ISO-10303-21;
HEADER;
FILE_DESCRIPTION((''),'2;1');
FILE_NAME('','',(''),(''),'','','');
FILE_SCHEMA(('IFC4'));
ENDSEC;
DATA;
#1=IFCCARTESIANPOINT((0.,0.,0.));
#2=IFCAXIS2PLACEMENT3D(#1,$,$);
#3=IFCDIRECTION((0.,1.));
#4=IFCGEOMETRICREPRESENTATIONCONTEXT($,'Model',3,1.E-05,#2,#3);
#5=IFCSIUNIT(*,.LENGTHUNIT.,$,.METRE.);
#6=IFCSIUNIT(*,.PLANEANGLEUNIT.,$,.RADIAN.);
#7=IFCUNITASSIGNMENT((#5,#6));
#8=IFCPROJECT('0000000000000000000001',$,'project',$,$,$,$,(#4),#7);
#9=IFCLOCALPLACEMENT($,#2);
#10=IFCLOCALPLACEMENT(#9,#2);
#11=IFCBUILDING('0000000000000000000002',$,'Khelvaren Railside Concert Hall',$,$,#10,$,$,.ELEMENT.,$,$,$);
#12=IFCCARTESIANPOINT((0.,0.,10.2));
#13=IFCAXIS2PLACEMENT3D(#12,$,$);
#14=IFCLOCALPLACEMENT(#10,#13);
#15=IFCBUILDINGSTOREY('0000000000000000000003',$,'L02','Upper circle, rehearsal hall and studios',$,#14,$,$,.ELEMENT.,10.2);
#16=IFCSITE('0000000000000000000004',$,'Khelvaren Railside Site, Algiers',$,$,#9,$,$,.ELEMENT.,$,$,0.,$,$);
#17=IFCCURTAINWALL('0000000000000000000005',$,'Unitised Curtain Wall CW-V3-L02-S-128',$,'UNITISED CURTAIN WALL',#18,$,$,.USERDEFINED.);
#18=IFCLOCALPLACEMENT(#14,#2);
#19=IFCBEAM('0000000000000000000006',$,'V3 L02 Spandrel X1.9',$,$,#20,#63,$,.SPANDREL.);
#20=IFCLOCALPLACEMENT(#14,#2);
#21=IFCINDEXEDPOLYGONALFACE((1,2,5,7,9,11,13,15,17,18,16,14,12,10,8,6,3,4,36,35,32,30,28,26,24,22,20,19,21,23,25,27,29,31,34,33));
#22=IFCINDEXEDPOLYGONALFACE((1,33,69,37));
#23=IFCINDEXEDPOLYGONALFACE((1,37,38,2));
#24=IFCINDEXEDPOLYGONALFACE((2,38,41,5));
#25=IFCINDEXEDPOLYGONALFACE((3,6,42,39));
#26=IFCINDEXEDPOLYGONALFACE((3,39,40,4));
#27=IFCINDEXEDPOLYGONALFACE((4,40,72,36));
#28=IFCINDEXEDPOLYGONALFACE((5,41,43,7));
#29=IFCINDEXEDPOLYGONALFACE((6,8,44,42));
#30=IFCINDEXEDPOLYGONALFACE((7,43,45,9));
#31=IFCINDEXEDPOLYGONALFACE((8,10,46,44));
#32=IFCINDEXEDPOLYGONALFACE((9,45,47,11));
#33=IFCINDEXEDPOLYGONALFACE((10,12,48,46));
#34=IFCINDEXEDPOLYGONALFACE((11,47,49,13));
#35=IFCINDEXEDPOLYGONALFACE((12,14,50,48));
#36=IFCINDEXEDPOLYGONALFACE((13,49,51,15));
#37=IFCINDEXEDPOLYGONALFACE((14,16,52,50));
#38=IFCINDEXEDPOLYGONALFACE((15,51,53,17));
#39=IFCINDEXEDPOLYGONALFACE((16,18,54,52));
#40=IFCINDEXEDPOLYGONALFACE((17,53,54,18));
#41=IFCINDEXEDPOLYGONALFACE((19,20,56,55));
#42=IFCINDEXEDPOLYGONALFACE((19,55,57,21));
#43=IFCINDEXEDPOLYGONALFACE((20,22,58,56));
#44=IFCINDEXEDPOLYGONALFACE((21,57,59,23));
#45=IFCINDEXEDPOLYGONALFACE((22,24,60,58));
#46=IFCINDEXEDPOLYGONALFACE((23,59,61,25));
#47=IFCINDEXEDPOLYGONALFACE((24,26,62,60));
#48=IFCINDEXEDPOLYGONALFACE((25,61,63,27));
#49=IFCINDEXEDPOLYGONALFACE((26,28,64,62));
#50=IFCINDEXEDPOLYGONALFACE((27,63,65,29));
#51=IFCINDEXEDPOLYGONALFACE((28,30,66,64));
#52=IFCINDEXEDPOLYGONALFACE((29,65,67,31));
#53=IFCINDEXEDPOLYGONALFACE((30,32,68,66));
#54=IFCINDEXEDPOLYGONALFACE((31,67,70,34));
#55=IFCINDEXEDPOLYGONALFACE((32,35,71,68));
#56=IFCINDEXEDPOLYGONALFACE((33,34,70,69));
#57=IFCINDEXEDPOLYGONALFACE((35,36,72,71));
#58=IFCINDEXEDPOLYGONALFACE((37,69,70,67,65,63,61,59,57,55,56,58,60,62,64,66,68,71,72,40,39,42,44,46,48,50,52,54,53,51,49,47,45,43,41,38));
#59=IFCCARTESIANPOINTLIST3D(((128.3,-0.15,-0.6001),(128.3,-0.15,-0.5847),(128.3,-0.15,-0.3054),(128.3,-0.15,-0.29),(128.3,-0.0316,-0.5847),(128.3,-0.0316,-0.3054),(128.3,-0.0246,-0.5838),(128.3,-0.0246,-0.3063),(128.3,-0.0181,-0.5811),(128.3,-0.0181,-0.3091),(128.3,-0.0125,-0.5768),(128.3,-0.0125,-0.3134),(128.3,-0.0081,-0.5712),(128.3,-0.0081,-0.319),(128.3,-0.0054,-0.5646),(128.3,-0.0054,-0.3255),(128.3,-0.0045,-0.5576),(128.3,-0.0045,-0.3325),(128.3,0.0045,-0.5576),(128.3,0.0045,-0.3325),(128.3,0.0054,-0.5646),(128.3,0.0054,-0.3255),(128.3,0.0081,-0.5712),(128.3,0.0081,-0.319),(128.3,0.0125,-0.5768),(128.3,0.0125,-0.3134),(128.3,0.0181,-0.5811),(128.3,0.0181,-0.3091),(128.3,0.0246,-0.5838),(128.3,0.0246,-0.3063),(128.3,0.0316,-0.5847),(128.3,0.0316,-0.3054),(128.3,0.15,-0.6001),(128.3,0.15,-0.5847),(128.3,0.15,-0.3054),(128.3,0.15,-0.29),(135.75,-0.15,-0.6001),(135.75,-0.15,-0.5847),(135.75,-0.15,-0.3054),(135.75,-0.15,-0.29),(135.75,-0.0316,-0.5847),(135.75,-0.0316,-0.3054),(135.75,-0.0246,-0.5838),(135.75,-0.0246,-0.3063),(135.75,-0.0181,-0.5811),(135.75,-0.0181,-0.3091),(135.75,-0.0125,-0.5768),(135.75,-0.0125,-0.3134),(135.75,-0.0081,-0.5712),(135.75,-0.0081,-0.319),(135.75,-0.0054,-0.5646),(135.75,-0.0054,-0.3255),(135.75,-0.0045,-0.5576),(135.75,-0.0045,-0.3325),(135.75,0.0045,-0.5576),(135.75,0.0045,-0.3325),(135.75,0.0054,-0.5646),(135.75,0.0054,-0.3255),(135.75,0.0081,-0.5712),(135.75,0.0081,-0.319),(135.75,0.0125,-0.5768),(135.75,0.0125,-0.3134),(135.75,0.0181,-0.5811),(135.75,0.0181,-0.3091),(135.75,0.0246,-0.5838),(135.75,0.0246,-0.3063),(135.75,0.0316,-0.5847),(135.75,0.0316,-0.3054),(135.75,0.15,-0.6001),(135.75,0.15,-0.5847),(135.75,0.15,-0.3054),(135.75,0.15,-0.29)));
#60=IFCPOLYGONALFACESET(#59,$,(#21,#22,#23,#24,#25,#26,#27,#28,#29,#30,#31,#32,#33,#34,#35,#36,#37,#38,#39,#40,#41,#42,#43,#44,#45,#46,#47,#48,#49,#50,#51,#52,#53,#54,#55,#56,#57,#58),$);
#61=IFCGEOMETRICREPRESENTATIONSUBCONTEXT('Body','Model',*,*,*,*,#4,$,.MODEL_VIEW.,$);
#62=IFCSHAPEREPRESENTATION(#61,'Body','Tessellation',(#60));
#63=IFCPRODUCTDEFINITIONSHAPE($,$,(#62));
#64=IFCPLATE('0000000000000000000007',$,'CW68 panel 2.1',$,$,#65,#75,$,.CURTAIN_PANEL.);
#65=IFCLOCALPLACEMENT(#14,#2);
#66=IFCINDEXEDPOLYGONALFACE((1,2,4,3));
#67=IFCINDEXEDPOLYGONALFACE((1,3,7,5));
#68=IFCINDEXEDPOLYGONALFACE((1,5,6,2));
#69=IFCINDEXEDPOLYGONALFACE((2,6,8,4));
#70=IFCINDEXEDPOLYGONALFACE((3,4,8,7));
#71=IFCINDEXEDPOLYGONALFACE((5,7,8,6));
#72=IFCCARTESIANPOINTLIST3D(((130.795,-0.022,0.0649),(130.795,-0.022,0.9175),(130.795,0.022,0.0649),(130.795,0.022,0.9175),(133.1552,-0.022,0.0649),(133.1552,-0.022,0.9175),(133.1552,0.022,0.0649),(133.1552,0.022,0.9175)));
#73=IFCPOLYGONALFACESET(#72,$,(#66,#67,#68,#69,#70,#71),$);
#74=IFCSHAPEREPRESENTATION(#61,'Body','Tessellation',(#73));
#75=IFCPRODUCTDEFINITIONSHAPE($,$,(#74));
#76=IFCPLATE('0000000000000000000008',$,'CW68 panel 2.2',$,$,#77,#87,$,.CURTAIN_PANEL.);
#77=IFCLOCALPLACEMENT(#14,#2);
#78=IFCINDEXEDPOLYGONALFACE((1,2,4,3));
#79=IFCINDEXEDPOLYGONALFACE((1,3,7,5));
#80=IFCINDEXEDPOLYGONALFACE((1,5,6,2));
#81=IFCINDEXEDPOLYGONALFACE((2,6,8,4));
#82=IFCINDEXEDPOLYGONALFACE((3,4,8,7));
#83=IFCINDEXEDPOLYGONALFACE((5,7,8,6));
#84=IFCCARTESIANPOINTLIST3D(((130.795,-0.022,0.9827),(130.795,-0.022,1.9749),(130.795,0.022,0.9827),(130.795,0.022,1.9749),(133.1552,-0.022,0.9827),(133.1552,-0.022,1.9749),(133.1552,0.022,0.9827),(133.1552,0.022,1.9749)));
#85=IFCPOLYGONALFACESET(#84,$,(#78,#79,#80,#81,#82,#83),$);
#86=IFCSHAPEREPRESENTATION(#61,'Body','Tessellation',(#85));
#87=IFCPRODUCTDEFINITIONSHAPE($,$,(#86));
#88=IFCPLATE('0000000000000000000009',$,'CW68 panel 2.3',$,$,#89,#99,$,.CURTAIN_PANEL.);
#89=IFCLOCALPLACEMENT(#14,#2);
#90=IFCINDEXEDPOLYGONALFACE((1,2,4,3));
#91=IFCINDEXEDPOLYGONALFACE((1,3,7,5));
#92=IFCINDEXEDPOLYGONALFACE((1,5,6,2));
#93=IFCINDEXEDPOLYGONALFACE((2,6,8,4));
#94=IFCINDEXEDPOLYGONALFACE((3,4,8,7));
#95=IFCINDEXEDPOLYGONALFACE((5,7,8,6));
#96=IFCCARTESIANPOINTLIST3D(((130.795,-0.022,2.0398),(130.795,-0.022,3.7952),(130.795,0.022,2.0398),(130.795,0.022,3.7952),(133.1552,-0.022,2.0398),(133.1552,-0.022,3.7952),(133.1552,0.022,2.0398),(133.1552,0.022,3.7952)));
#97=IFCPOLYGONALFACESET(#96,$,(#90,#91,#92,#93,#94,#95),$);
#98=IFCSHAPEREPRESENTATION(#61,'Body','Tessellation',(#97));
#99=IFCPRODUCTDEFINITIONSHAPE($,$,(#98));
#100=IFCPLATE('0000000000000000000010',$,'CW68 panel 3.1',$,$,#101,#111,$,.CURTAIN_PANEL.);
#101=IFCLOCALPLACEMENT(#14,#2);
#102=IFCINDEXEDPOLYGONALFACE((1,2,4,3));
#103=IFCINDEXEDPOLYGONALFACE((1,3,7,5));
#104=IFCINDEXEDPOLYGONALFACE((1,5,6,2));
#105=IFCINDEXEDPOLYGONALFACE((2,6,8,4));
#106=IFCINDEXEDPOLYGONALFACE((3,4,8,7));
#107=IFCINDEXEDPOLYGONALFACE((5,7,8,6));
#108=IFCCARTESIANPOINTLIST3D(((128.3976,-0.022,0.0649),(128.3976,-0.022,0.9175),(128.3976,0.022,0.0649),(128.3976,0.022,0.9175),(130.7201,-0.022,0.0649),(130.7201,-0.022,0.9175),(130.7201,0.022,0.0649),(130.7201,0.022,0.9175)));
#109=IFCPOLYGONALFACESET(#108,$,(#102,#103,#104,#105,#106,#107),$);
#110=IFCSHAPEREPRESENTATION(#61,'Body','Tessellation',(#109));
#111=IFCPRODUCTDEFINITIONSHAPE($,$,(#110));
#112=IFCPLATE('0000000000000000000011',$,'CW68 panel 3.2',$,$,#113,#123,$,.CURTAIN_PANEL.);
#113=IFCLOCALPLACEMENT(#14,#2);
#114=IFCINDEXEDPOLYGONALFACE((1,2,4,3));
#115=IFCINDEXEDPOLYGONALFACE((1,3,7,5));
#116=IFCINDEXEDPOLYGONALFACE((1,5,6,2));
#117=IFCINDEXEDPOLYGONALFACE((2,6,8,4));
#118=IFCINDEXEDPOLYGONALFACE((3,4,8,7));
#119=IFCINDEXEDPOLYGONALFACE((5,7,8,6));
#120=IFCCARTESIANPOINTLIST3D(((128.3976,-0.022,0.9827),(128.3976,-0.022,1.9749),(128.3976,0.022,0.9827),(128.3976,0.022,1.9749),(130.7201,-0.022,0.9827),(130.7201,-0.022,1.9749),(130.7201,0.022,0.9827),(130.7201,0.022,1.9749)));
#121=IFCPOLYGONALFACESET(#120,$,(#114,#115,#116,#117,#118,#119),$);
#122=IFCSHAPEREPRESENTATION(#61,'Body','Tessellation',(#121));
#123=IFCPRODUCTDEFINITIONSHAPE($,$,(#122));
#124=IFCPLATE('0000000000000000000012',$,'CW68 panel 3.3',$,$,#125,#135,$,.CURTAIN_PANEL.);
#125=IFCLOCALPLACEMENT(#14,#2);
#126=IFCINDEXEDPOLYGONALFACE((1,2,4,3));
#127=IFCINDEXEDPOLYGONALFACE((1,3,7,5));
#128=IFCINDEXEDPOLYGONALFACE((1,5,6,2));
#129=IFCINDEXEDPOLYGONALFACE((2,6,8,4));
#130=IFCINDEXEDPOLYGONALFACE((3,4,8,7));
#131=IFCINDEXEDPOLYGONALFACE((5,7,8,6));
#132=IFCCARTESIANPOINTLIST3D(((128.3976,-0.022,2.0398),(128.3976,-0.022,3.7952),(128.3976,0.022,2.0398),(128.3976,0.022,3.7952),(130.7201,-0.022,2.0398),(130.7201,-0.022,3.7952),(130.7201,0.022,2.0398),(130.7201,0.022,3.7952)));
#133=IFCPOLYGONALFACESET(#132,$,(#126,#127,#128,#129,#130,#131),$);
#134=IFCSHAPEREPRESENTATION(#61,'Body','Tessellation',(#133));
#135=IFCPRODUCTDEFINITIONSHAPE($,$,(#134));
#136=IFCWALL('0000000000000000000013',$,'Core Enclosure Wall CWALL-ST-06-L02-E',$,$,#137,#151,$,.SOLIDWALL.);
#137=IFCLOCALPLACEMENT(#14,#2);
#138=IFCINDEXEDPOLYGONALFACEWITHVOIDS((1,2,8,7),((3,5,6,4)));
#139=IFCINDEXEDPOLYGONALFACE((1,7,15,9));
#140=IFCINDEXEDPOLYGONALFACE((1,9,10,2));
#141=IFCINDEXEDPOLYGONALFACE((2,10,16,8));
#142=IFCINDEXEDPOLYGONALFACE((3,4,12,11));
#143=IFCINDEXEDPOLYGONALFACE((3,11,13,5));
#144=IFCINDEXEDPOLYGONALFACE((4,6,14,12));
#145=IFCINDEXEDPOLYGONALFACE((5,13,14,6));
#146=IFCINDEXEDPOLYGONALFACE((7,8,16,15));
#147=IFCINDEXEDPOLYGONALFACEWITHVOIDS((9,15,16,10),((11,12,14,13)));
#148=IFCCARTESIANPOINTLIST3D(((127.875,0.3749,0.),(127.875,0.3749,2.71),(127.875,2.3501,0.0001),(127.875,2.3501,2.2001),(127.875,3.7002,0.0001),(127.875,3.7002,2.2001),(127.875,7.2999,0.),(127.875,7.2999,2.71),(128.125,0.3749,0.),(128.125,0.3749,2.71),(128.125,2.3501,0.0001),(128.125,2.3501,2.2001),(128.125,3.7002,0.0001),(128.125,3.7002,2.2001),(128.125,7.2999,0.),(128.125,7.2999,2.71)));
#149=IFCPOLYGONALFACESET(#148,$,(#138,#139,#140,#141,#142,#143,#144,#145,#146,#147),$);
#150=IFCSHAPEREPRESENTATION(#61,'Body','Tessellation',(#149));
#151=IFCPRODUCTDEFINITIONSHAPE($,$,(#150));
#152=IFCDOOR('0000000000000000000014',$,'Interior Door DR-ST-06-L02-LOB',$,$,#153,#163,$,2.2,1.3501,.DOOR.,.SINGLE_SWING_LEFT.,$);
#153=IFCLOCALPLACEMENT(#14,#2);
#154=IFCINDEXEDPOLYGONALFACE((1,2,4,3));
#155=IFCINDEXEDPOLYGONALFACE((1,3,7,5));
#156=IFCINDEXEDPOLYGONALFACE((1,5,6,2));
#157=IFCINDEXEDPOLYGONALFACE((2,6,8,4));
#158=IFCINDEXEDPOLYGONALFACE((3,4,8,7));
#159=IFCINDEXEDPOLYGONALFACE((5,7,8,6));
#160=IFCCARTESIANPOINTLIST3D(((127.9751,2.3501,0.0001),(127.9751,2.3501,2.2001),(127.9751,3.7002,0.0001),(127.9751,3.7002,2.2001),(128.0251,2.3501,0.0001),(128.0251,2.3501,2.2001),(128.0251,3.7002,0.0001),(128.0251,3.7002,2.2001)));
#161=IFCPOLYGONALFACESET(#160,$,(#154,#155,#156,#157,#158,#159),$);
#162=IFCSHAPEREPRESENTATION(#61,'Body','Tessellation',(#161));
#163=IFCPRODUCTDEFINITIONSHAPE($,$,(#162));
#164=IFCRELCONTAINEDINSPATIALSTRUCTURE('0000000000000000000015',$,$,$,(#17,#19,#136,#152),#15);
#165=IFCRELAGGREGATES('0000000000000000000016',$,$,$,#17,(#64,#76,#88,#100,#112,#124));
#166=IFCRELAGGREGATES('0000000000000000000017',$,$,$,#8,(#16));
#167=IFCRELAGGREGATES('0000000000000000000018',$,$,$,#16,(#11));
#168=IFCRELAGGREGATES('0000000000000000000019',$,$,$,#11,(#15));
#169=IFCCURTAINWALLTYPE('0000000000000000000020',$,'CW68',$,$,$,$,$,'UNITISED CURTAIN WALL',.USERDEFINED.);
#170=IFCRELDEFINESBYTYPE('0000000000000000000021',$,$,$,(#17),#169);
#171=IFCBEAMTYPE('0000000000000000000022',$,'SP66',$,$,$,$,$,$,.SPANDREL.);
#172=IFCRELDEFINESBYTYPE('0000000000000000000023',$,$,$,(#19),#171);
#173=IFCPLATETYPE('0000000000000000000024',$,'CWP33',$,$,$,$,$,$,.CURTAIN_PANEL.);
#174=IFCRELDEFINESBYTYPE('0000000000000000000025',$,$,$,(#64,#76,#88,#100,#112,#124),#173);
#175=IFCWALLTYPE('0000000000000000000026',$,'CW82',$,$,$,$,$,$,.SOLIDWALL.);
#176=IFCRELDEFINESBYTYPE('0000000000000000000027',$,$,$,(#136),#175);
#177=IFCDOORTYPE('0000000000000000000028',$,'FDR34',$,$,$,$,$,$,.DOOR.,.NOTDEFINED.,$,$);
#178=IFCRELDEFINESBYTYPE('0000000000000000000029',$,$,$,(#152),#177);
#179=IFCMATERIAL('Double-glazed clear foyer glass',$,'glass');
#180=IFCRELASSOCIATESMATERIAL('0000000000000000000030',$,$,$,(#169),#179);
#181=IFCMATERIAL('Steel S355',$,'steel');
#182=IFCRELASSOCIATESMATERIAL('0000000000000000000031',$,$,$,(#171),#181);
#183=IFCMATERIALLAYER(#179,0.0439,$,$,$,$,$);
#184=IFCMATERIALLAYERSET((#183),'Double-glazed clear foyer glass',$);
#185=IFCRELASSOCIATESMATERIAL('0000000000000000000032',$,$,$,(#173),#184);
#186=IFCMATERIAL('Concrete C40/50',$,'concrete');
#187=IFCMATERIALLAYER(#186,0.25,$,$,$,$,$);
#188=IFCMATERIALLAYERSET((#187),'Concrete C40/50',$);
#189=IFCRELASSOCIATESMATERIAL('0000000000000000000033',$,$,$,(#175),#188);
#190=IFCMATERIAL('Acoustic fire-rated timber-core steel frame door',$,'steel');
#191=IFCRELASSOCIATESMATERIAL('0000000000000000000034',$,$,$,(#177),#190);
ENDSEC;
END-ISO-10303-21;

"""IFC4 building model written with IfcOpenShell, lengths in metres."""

from ifc_helpers import new_model, si_unit, direction, frame, frame_2d, origin, origin_2d, place, context, subcontext, project, spatial, rectangle, i_section, extrude, material, layer, layer_set, material_profile, profile_set, type_object, element, fill, aggregate, save


model = new_model("IFC4")

# Units and contexts
model_context = context("Model", 3, precision=1e-05, world=origin(), true_north=direction((0.0, 1.0)))
body_context = subcontext(model_context, "Body", "Model", "MODEL_VIEW")
ifc_project = project(units=[si_unit("LENGTHUNIT", "METRE"), si_unit("PLANEANGLEUNIT", "RADIAN")], contexts=[model_context])

# Site, building, storey
site_placement = place(None, origin())
site = spatial("IfcSite", under=ifc_project, at=site_placement, Name="Khelvaren Railside Site, Algiers", CompositionType="ELEMENT", RefElevation=0.0)
building_placement = place(site_placement, origin())
building = spatial("IfcBuilding", under=site, at=building_placement, Name="Khelvaren Railside Concert Hall", CompositionType="ELEMENT")
storey_placement = place(building_placement, frame((0.0, 0.0, 10.2)))
storey = spatial("IfcBuildingStorey", under=building, at=storey_placement, Name="L02", Description="Upper circle, rehearsal hall and studios", CompositionType="ELEMENT", Elevation=10.2)

# Shared definitions
ifc_material_1 = material(Name="Steel S355", Category="steel")

# Curtain wall
ifc_material_2 = material(Name="Double-glazed clear foyer glass", Category="glass")
curtain_wall_type = type_object("IfcCurtainWallType", Name="CW68", ElementType="UNITISED CURTAIN WALL", PredefinedType="USERDEFINED", material=ifc_material_2)
curtain_wall_placement = place(storey_placement, origin())
curtain_wall = element("IfcCurtainWall", 1, at=curtain_wall_placement, inside=storey, type_object=curtain_wall_type, Name="Unitised Curtain Wall CW-V3-L02-S-128", ObjectType="UNITISED CURTAIN WALL", PredefinedType="USERDEFINED")

# Beam
ifc_material_profile_1 = material_profile(ifc_material_1, i_section(OverallWidth=0.3, OverallDepth=0.3101, WebThickness=0.009, FlangeThickness=0.0154, FilletRadius=0.0271, at=origin_2d()), Name="HEA 320")
ifc_profile_set_1 = profile_set([ifc_material_profile_1], Name="Steel S355")
beam_type_1 = type_object("IfcBeamType", Name="SP66", PredefinedType="SPANDREL", material=ifc_profile_set_1)
beam_1_placement = place(storey_placement, frame((128.3, 0.0, -0.4451), z_axis=(1.0, 0.0, 0.0), x_axis=(0.0, 1.0, 0.0)))
element("IfcBeam", 2, at=beam_1_placement, inside=storey, type_object=beam_type_1, Name="V3 L02 Spandrel X1.9", PredefinedType="SPANDREL", context=body_context, shape_type="SweptSolid", body=[
    extrude(i_section(OverallWidth=0.3, OverallDepth=0.3101, WebThickness=0.009, FlangeThickness=0.0154, FilletRadius=0.0271, at=origin_2d()), origin(), (0.0, 0.0, 1.0), 7.45),
])

# Plates
ifc_layer_1 = layer(ifc_material_2, 0.0439)
ifc_layer_set_1 = layer_set([ifc_layer_1], Name="Double-glazed clear foyer glass")
plate_type = type_object("IfcPlateType", Name="CWP33", PredefinedType="CURTAIN_PANEL", material=ifc_layer_set_1)
plate_1_placement = place(storey_placement, frame((131.9751, 0.0, 0.0649), z_axis=(0.0, 0.0, 1.0), x_axis=(-1.0, 0.0, 0.0)))
plate_1 = element("IfcPlate", 3, at=plate_1_placement, type_object=plate_type, Name="CW68 panel 2.1", PredefinedType="CURTAIN_PANEL", context=body_context, shape_type="SweptSolid", body=[
    extrude(rectangle(XDim=2.3601, YDim=0.0439, at=origin_2d()), origin(), (0.0, 0.0, 1.0), 0.8525),
])
plate_2_placement = place(storey_placement, frame((131.9751, 0.0, 0.9827), z_axis=(0.0, 0.0, 1.0), x_axis=(-1.0, 0.0, 0.0)))
plate_2 = element("IfcPlate", 4, at=plate_2_placement, type_object=plate_type, Name="CW68 panel 2.2", PredefinedType="CURTAIN_PANEL", context=body_context, shape_type="SweptSolid", body=[
    extrude(rectangle(XDim=2.3601, YDim=0.0439, at=origin_2d()), origin(), (0.0, 0.0, 1.0), 0.9922),
])
plate_3_placement = place(storey_placement, frame((131.9751, 0.0, 2.0398), z_axis=(0.0, 0.0, 1.0), x_axis=(-1.0, 0.0, 0.0)))
plate_3 = element("IfcPlate", 5, at=plate_3_placement, type_object=plate_type, Name="CW68 panel 2.3", PredefinedType="CURTAIN_PANEL", context=body_context, shape_type="SweptSolid", body=[
    extrude(rectangle(XDim=2.3601, YDim=0.0439, at=origin_2d()), origin(), (0.0, 0.0, 1.0), 1.7554),
])
plate_4_placement = place(storey_placement, frame((129.5588, 0.0, 0.0649), z_axis=(0.0, 0.0, 1.0), x_axis=(-1.0, 0.0, 0.0)))
plate_4 = element("IfcPlate", 6, at=plate_4_placement, type_object=plate_type, Name="CW68 panel 3.1", PredefinedType="CURTAIN_PANEL", context=body_context, shape_type="SweptSolid", body=[
    extrude(rectangle(XDim=2.3225, YDim=0.0439, at=origin_2d()), origin(), (0.0, 0.0, 1.0), 0.8525),
])
plate_5_placement = place(storey_placement, frame((129.5588, 0.0, 0.9827), z_axis=(0.0, 0.0, 1.0), x_axis=(-1.0, 0.0, 0.0)))
plate_5 = element("IfcPlate", 7, at=plate_5_placement, type_object=plate_type, Name="CW68 panel 3.2", PredefinedType="CURTAIN_PANEL", context=body_context, shape_type="SweptSolid", body=[
    extrude(rectangle(XDim=2.3225, YDim=0.0439, at=origin_2d()), origin(), (0.0, 0.0, 1.0), 0.9922),
])
plate_6_placement = place(storey_placement, frame((129.5588, 0.0, 2.0398), z_axis=(0.0, 0.0, 1.0), x_axis=(-1.0, 0.0, 0.0)))
plate_6 = element("IfcPlate", 8, at=plate_6_placement, type_object=plate_type, Name="CW68 panel 3.3", PredefinedType="CURTAIN_PANEL", context=body_context, shape_type="SweptSolid", body=[
    extrude(rectangle(XDim=2.3225, YDim=0.0439, at=origin_2d()), origin(), (0.0, 0.0, 1.0), 1.7554),
])
aggregate(curtain_wall, [plate_1, plate_2, plate_3, plate_4, plate_5, plate_6])

# Wall, opening, door
ifc_material_3 = material(Name="Concrete C40/50", Category="concrete")
ifc_layer_2 = layer(ifc_material_3, 0.25)
ifc_layer_set_2 = layer_set([ifc_layer_2], Name="Concrete C40/50")
wall_type_1 = type_object("IfcWallType", Name="CW82", PredefinedType="SOLIDWALL", material=ifc_layer_set_2)
wall_1_placement = place(storey_placement, frame((128.0, 0.375, 0.0), z_axis=(0.0, 0.0, 1.0), x_axis=(0.0, 1.0, 0.0)))
wall_1 = element("IfcWall", 9, at=wall_1_placement, inside=storey, type_object=wall_type_1, Name="Core Enclosure Wall CWALL-ST-06-L02-E", PredefinedType="SOLIDWALL", context=body_context, shape_type="SweptSolid", body=[
    extrude(rectangle(XDim=6.925, YDim=0.25, at=frame_2d((3.4624, 0.0))), origin(), (0.0, 0.0, 1.0), 2.71),
])
opening_1_placement = place(wall_1_placement, frame((1.9751, 0.0, 0.0)))
opening_1 = element("IfcOpeningElement", 10, at=opening_1_placement, cuts=wall_1, PredefinedType="OPENING", context=body_context, shape_type="SweptSolid", body=[
    extrude(rectangle(XDim=1.3501, YDim=2.2, at=frame_2d((0.675, 1.1001))), frame((0.0, 0.135, 0.0), z_axis=(0.0, -1.0, 0.0), x_axis=(1.0, 0.0, 0.0)), (0.0, 0.0, 1.0), 0.27),
])
ifc_material_4 = material(Name="Acoustic fire-rated timber-core steel frame door", Category="steel")
door_type_1 = type_object("IfcDoorType", Name="FDR34", OperationType="NOTDEFINED", PredefinedType="DOOR", material=ifc_material_4)
door_1_placement = place(opening_1_placement, origin())
door_1 = element("IfcDoor", 11, at=door_1_placement, inside=storey, type_object=door_type_1, Name="Interior Door DR-ST-06-L02-LOB", OperationType="SINGLE_SWING_LEFT", OverallHeight=2.2, OverallWidth=1.3501, PredefinedType="DOOR", context=body_context, shape_type="SweptSolid", body=[
    extrude(rectangle(XDim=1.3501, YDim=2.2, at=frame_2d((0.675, 1.1001))), frame((0.0, 0.0249, 0.0), z_axis=(0.0, -1.0, 0.0), x_axis=(1.0, 0.0, 0.0)), (0.0, 0.0, 1.0), 0.05),
])
fill(opening_1, door_1)

save(model, "model.ifc")
